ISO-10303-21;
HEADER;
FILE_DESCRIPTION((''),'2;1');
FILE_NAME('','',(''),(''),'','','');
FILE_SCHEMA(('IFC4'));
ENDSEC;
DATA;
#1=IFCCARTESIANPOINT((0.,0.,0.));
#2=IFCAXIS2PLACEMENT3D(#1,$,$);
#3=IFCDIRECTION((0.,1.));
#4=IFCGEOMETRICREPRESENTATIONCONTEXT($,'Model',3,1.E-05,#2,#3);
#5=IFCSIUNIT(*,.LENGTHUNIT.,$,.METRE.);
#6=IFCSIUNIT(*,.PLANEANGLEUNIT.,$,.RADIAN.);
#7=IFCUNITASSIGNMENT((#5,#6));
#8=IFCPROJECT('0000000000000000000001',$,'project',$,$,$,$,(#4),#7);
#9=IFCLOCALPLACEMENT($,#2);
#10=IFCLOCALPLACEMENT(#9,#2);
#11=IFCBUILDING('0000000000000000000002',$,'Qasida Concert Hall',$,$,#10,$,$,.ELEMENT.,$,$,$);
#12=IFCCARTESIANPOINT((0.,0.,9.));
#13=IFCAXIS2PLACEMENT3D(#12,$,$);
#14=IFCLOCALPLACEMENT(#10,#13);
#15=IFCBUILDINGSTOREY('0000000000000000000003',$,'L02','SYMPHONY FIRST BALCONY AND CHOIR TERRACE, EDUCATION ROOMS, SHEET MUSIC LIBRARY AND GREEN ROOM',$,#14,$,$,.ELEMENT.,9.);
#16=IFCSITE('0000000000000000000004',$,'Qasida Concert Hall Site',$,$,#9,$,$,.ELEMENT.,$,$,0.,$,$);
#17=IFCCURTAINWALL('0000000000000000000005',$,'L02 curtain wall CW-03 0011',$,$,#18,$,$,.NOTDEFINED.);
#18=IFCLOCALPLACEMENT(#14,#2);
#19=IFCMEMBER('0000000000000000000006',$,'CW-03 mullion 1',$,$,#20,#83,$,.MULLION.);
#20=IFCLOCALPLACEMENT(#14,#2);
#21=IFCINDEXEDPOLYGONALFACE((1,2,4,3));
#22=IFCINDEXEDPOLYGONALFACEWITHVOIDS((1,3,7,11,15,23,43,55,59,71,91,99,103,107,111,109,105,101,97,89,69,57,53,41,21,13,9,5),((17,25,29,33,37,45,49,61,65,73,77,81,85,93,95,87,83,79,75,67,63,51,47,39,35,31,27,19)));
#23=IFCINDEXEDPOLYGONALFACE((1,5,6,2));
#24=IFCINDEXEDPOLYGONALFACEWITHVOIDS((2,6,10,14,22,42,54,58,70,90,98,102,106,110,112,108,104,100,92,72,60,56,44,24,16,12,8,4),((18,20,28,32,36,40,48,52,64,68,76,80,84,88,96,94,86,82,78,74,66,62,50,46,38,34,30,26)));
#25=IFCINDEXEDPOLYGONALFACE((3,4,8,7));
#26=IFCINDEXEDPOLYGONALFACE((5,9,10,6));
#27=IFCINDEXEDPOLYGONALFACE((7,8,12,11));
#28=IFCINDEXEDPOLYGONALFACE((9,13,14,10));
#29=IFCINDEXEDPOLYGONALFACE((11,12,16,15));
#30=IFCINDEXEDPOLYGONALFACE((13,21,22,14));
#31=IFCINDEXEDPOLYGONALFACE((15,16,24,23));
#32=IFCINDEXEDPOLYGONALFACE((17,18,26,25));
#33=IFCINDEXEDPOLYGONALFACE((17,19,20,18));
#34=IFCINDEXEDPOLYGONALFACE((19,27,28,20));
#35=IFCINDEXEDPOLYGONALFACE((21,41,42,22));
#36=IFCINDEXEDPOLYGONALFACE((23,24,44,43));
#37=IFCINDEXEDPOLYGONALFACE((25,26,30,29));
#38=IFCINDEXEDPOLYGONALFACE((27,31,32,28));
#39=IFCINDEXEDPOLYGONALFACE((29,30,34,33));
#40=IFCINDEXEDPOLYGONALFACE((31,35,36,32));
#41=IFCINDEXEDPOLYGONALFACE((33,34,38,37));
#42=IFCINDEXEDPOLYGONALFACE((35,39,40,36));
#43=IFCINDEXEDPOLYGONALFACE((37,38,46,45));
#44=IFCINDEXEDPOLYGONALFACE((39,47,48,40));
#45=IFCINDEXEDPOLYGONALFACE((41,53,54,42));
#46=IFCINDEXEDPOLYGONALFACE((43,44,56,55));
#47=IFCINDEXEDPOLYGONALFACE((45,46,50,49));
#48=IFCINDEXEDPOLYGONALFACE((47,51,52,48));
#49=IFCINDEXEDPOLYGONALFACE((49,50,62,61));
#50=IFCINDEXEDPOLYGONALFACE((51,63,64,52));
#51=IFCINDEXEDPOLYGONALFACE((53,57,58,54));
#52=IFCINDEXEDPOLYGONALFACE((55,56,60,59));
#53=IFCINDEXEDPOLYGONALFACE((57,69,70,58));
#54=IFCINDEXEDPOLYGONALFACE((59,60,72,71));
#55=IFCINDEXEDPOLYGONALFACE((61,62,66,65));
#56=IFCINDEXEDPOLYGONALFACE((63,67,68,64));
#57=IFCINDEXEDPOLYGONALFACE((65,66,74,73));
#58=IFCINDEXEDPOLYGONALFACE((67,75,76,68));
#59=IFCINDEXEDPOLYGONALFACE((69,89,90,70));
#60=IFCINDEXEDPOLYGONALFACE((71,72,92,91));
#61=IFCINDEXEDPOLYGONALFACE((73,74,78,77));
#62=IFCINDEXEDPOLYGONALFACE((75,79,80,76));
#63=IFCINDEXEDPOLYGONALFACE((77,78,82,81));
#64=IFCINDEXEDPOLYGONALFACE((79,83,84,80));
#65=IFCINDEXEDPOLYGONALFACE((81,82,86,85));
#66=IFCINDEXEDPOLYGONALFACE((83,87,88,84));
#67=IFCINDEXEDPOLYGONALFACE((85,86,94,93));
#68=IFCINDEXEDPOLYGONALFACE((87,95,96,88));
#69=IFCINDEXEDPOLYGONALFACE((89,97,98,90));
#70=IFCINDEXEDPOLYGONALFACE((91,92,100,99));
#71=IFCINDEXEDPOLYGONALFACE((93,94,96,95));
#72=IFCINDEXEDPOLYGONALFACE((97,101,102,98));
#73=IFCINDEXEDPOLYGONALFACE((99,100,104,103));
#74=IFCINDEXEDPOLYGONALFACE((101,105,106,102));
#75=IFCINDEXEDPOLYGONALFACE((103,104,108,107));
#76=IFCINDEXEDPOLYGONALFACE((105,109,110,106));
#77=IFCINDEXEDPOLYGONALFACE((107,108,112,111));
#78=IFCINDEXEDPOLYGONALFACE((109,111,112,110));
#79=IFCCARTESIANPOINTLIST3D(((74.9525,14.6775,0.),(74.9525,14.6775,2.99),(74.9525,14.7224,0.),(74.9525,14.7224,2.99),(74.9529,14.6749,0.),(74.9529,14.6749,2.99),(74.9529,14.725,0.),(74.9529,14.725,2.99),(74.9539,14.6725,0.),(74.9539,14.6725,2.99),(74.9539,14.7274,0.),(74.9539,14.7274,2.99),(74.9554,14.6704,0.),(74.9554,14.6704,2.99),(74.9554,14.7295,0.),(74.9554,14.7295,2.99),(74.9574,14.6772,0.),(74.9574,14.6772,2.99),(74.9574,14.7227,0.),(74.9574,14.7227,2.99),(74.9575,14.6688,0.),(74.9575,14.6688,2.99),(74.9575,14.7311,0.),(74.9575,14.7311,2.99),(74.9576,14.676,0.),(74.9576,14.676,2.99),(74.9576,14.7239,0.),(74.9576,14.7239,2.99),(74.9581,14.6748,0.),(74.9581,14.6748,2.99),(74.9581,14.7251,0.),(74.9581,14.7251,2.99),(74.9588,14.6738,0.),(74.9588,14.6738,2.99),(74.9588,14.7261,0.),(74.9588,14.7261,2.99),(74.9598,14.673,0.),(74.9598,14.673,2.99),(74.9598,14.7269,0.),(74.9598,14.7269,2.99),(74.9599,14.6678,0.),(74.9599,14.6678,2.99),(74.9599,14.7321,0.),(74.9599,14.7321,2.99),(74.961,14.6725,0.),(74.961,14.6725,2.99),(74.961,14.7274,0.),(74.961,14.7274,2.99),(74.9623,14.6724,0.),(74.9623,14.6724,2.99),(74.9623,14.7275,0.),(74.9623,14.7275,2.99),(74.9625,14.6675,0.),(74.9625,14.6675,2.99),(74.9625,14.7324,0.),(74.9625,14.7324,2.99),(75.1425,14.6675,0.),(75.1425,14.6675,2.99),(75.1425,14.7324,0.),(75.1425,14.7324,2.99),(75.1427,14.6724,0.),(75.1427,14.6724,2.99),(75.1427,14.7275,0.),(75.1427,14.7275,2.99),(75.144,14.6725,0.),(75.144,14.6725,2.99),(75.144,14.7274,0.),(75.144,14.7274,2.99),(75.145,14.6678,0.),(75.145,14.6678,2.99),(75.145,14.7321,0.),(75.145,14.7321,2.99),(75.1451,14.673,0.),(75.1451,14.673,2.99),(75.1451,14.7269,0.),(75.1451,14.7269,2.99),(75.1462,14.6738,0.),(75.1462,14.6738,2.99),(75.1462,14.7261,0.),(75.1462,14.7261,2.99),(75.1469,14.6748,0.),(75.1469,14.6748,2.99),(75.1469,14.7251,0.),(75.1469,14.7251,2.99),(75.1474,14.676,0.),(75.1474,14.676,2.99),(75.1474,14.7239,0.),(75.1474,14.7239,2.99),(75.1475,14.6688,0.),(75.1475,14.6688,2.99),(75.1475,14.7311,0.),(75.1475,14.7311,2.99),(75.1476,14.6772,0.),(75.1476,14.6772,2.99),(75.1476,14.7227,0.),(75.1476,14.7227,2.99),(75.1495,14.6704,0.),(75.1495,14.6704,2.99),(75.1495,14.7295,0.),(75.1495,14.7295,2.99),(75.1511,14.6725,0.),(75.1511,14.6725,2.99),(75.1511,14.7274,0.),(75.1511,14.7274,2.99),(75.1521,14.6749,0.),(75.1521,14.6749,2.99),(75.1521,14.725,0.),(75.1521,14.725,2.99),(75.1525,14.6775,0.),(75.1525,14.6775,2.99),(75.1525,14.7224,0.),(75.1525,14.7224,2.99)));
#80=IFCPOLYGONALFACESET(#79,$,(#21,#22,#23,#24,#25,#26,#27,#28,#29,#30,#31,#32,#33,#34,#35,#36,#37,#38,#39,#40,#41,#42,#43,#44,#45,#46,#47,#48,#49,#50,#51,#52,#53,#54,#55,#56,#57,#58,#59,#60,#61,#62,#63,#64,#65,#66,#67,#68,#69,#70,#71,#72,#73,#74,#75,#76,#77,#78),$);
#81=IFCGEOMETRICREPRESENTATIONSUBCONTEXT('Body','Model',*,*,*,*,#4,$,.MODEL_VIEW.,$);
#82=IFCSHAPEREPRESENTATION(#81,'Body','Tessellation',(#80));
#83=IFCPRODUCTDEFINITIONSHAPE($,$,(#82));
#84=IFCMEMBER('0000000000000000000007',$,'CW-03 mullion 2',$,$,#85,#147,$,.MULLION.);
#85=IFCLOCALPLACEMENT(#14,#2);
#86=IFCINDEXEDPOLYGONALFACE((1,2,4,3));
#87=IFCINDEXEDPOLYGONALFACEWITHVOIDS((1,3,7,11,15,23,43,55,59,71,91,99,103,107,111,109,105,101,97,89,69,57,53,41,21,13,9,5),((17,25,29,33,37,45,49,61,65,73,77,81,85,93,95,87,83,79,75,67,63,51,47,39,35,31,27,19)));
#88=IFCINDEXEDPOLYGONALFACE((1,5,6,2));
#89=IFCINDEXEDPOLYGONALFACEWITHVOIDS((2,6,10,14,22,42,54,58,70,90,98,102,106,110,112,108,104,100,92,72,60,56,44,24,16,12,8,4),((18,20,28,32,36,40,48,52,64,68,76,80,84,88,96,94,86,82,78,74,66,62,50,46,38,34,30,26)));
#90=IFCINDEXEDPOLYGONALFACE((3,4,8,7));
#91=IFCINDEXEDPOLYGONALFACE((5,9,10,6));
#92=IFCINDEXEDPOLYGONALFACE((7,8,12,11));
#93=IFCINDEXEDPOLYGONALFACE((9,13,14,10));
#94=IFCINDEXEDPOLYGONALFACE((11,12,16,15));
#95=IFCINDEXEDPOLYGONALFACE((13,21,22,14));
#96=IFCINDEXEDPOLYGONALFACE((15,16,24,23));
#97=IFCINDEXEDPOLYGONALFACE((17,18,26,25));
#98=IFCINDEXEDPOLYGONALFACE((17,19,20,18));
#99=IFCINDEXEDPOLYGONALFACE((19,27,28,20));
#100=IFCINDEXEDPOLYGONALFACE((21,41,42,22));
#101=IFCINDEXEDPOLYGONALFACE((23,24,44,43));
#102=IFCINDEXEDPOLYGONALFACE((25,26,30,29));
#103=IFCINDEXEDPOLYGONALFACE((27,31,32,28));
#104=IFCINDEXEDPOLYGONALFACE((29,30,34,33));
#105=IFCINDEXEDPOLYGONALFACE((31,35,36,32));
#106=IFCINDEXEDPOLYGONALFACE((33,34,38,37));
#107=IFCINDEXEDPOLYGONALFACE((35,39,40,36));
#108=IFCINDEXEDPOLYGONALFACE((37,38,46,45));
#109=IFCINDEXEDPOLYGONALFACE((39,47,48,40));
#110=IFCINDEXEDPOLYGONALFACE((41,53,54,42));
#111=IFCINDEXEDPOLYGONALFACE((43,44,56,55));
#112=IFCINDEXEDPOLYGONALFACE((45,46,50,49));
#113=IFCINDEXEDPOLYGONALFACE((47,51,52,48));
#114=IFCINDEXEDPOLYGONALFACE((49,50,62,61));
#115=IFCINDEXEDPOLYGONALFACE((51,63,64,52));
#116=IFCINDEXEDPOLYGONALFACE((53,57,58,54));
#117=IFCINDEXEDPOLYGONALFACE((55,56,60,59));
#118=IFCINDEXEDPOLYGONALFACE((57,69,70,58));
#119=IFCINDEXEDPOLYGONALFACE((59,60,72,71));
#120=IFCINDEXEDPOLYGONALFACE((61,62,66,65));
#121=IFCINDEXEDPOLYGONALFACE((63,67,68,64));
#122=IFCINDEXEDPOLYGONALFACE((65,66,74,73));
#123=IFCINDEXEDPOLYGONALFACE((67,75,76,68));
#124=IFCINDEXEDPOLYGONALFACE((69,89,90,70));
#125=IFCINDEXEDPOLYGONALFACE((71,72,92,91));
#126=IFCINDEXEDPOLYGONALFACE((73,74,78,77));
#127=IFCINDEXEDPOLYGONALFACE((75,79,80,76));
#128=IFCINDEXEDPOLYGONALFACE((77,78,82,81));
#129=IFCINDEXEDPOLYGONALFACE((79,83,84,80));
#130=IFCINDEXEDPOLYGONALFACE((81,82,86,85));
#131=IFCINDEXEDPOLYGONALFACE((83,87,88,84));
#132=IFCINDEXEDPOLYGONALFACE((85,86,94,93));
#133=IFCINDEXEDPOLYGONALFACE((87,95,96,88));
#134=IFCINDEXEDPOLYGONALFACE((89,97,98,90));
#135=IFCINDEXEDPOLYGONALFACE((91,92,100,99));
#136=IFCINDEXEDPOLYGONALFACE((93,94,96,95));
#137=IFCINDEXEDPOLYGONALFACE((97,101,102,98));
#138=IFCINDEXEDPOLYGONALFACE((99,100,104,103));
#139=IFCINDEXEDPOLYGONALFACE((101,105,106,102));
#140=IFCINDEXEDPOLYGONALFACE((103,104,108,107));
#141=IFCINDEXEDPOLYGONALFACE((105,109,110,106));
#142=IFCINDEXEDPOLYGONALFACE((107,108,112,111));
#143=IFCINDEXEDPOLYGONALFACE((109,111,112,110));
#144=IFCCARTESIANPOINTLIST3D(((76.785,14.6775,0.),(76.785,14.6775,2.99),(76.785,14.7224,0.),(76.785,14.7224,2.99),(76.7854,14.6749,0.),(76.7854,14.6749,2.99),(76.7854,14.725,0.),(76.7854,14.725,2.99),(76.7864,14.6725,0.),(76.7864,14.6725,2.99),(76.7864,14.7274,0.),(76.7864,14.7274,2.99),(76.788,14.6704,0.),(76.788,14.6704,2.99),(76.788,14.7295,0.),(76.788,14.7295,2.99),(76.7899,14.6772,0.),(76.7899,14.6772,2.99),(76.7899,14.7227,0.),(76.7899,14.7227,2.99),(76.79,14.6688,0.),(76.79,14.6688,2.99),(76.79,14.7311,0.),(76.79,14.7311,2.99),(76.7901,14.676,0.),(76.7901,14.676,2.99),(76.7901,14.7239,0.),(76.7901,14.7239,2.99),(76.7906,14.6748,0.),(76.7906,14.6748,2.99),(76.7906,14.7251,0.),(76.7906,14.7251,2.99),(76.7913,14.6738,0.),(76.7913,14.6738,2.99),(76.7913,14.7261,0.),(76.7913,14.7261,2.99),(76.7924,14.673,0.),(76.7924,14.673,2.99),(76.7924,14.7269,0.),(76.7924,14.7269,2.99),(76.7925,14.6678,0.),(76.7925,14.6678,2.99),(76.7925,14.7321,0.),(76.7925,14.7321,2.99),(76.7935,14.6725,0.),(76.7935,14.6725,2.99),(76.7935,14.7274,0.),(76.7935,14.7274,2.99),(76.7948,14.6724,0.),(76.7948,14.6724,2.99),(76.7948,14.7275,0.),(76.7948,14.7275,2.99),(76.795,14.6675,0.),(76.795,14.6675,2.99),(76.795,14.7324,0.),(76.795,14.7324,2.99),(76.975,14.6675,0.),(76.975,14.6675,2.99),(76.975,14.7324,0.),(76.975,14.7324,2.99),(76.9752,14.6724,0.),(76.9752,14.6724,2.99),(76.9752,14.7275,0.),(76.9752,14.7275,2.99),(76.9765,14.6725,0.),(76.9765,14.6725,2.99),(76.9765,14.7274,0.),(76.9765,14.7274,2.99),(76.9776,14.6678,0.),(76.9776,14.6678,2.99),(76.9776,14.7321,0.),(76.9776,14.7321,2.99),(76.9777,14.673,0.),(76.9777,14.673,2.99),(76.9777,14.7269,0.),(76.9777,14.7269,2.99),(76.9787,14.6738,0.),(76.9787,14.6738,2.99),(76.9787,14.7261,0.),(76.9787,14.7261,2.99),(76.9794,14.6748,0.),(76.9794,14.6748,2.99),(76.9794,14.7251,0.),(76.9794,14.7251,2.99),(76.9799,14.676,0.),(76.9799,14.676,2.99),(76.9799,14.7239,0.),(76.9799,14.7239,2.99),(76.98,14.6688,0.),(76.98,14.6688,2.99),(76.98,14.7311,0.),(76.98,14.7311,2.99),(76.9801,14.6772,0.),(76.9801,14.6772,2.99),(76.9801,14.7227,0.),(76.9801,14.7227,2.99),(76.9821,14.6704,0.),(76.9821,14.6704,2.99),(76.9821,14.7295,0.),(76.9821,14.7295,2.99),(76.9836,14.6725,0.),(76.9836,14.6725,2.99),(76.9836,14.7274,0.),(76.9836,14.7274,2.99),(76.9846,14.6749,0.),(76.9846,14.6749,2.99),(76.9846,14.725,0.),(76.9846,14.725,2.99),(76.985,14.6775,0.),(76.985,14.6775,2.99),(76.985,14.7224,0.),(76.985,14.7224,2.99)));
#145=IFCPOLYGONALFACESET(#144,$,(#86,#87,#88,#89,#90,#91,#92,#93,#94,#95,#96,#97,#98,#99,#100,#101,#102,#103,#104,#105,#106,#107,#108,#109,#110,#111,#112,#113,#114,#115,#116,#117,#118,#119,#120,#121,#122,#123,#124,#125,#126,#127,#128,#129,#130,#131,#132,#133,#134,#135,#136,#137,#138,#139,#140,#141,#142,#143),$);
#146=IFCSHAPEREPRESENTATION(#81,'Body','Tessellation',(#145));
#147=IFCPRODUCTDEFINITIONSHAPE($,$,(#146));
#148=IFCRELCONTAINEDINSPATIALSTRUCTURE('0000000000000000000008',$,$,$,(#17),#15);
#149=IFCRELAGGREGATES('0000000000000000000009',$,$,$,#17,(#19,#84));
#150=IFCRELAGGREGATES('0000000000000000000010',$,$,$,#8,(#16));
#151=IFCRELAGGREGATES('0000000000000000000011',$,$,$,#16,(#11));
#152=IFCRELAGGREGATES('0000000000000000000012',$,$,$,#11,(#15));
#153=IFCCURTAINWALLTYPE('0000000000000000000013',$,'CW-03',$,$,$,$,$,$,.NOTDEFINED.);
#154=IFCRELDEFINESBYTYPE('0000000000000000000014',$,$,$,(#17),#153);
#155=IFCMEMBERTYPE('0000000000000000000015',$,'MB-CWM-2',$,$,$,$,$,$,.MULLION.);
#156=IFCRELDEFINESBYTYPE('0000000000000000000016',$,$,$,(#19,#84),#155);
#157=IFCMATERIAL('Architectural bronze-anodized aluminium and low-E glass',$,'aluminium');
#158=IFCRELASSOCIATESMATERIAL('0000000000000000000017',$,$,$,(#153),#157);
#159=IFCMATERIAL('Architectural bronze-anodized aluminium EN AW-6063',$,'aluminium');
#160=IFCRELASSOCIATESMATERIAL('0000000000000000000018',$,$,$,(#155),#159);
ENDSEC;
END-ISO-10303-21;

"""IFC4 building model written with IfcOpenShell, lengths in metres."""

from ifc_helpers import new_model, si_unit, direction, frame, origin, origin_2d, place, context, subcontext, project, spatial, hollow_rectangle, extrude, material, material_profile, profile_set, type_object, element, aggregate, save


model = new_model("IFC4")

# Units and contexts
model_context = context("Model", 3, precision=1e-05, world=origin(), true_north=direction((0.0, 1.0)))
body_context = subcontext(model_context, "Body", "Model", "MODEL_VIEW")
ifc_project = project(units=[si_unit("LENGTHUNIT", "METRE"), si_unit("PLANEANGLEUNIT", "RADIAN")], contexts=[model_context])

# Site, building, storey
site_placement = place(None, origin())
site = spatial("IfcSite", under=ifc_project, at=site_placement, Name="Qasida Concert Hall Site", CompositionType="ELEMENT", RefElevation=0.0)
building_placement = place(site_placement, origin())
building = spatial("IfcBuilding", under=site, at=building_placement, Name="Qasida Concert Hall", CompositionType="ELEMENT")
storey_placement = place(building_placement, frame((0.0, 0.0, 9.0)))
storey = spatial("IfcBuildingStorey", under=building, at=storey_placement, Name="L02", Description="SYMPHONY FIRST BALCONY AND CHOIR TERRACE, EDUCATION ROOMS, SHEET MUSIC LIBRARY AND GREEN ROOM", CompositionType="ELEMENT", Elevation=9.0)

# Curtain wall, members
ifc_material_1 = material(Name="Architectural bronze-anodized aluminium and low-E glass", Category="aluminium")
curtain_wall_type = type_object("IfcCurtainWallType", Name="CW-03", PredefinedType="NOTDEFINED", material=ifc_material_1)
curtain_wall_placement = place(storey_placement, origin())
curtain_wall = element("IfcCurtainWall", 1, at=curtain_wall_placement, inside=storey, type_object=curtain_wall_type, Name="L02 curtain wall CW-03 0011", PredefinedType="NOTDEFINED")
ifc_material_2 = material(Name="Architectural bronze-anodized aluminium EN AW-6063", Category="aluminium")
ifc_material_profile_1 = material_profile(ifc_material_2, hollow_rectangle(XDim=0.0649, YDim=0.2, WallThickness=0.0049, InnerFilletRadius=0.0049, OuterFilletRadius=0.01, at=origin_2d()), Name="CWM 200x65x5")
ifc_profile_set_1 = profile_set([ifc_material_profile_1], Name="Architectural bronze-anodized aluminium EN AW-6063")
member_type_1 = type_object("IfcMemberType", Name="MB-CWM-2", PredefinedType="MULLION", material=ifc_profile_set_1)
member_1_placement = place(storey_placement, frame((75.0525, 14.7, 0.0), z_axis=(0.0, 0.0, 1.0), x_axis=(0.0, 1.0, 0.0)))
member_1 = element("IfcMember", 2, at=member_1_placement, type_object=member_type_1, Name="CW-03 mullion 1", PredefinedType="MULLION", context=body_context, shape_type="SweptSolid", body=[
    extrude(hollow_rectangle(XDim=0.0649, YDim=0.2, WallThickness=0.0049, InnerFilletRadius=0.0049, OuterFilletRadius=0.01, at=origin_2d()), origin(), (0.0, 0.0, 1.0), 2.99),
])
member_2_placement = place(storey_placement, frame((76.885, 14.7, 0.0), z_axis=(0.0, 0.0, 1.0), x_axis=(0.0, 1.0, 0.0)))
member_2 = element("IfcMember", 3, at=member_2_placement, type_object=member_type_1, Name="CW-03 mullion 2", PredefinedType="MULLION", context=body_context, shape_type="SweptSolid", body=[
    extrude(hollow_rectangle(XDim=0.0649, YDim=0.2, WallThickness=0.0049, InnerFilletRadius=0.0049, OuterFilletRadius=0.01, at=origin_2d()), origin(), (0.0, 0.0, 1.0), 2.99),
])
aggregate(curtain_wall, [member_1, member_2])

save(model, "model.ifc")
